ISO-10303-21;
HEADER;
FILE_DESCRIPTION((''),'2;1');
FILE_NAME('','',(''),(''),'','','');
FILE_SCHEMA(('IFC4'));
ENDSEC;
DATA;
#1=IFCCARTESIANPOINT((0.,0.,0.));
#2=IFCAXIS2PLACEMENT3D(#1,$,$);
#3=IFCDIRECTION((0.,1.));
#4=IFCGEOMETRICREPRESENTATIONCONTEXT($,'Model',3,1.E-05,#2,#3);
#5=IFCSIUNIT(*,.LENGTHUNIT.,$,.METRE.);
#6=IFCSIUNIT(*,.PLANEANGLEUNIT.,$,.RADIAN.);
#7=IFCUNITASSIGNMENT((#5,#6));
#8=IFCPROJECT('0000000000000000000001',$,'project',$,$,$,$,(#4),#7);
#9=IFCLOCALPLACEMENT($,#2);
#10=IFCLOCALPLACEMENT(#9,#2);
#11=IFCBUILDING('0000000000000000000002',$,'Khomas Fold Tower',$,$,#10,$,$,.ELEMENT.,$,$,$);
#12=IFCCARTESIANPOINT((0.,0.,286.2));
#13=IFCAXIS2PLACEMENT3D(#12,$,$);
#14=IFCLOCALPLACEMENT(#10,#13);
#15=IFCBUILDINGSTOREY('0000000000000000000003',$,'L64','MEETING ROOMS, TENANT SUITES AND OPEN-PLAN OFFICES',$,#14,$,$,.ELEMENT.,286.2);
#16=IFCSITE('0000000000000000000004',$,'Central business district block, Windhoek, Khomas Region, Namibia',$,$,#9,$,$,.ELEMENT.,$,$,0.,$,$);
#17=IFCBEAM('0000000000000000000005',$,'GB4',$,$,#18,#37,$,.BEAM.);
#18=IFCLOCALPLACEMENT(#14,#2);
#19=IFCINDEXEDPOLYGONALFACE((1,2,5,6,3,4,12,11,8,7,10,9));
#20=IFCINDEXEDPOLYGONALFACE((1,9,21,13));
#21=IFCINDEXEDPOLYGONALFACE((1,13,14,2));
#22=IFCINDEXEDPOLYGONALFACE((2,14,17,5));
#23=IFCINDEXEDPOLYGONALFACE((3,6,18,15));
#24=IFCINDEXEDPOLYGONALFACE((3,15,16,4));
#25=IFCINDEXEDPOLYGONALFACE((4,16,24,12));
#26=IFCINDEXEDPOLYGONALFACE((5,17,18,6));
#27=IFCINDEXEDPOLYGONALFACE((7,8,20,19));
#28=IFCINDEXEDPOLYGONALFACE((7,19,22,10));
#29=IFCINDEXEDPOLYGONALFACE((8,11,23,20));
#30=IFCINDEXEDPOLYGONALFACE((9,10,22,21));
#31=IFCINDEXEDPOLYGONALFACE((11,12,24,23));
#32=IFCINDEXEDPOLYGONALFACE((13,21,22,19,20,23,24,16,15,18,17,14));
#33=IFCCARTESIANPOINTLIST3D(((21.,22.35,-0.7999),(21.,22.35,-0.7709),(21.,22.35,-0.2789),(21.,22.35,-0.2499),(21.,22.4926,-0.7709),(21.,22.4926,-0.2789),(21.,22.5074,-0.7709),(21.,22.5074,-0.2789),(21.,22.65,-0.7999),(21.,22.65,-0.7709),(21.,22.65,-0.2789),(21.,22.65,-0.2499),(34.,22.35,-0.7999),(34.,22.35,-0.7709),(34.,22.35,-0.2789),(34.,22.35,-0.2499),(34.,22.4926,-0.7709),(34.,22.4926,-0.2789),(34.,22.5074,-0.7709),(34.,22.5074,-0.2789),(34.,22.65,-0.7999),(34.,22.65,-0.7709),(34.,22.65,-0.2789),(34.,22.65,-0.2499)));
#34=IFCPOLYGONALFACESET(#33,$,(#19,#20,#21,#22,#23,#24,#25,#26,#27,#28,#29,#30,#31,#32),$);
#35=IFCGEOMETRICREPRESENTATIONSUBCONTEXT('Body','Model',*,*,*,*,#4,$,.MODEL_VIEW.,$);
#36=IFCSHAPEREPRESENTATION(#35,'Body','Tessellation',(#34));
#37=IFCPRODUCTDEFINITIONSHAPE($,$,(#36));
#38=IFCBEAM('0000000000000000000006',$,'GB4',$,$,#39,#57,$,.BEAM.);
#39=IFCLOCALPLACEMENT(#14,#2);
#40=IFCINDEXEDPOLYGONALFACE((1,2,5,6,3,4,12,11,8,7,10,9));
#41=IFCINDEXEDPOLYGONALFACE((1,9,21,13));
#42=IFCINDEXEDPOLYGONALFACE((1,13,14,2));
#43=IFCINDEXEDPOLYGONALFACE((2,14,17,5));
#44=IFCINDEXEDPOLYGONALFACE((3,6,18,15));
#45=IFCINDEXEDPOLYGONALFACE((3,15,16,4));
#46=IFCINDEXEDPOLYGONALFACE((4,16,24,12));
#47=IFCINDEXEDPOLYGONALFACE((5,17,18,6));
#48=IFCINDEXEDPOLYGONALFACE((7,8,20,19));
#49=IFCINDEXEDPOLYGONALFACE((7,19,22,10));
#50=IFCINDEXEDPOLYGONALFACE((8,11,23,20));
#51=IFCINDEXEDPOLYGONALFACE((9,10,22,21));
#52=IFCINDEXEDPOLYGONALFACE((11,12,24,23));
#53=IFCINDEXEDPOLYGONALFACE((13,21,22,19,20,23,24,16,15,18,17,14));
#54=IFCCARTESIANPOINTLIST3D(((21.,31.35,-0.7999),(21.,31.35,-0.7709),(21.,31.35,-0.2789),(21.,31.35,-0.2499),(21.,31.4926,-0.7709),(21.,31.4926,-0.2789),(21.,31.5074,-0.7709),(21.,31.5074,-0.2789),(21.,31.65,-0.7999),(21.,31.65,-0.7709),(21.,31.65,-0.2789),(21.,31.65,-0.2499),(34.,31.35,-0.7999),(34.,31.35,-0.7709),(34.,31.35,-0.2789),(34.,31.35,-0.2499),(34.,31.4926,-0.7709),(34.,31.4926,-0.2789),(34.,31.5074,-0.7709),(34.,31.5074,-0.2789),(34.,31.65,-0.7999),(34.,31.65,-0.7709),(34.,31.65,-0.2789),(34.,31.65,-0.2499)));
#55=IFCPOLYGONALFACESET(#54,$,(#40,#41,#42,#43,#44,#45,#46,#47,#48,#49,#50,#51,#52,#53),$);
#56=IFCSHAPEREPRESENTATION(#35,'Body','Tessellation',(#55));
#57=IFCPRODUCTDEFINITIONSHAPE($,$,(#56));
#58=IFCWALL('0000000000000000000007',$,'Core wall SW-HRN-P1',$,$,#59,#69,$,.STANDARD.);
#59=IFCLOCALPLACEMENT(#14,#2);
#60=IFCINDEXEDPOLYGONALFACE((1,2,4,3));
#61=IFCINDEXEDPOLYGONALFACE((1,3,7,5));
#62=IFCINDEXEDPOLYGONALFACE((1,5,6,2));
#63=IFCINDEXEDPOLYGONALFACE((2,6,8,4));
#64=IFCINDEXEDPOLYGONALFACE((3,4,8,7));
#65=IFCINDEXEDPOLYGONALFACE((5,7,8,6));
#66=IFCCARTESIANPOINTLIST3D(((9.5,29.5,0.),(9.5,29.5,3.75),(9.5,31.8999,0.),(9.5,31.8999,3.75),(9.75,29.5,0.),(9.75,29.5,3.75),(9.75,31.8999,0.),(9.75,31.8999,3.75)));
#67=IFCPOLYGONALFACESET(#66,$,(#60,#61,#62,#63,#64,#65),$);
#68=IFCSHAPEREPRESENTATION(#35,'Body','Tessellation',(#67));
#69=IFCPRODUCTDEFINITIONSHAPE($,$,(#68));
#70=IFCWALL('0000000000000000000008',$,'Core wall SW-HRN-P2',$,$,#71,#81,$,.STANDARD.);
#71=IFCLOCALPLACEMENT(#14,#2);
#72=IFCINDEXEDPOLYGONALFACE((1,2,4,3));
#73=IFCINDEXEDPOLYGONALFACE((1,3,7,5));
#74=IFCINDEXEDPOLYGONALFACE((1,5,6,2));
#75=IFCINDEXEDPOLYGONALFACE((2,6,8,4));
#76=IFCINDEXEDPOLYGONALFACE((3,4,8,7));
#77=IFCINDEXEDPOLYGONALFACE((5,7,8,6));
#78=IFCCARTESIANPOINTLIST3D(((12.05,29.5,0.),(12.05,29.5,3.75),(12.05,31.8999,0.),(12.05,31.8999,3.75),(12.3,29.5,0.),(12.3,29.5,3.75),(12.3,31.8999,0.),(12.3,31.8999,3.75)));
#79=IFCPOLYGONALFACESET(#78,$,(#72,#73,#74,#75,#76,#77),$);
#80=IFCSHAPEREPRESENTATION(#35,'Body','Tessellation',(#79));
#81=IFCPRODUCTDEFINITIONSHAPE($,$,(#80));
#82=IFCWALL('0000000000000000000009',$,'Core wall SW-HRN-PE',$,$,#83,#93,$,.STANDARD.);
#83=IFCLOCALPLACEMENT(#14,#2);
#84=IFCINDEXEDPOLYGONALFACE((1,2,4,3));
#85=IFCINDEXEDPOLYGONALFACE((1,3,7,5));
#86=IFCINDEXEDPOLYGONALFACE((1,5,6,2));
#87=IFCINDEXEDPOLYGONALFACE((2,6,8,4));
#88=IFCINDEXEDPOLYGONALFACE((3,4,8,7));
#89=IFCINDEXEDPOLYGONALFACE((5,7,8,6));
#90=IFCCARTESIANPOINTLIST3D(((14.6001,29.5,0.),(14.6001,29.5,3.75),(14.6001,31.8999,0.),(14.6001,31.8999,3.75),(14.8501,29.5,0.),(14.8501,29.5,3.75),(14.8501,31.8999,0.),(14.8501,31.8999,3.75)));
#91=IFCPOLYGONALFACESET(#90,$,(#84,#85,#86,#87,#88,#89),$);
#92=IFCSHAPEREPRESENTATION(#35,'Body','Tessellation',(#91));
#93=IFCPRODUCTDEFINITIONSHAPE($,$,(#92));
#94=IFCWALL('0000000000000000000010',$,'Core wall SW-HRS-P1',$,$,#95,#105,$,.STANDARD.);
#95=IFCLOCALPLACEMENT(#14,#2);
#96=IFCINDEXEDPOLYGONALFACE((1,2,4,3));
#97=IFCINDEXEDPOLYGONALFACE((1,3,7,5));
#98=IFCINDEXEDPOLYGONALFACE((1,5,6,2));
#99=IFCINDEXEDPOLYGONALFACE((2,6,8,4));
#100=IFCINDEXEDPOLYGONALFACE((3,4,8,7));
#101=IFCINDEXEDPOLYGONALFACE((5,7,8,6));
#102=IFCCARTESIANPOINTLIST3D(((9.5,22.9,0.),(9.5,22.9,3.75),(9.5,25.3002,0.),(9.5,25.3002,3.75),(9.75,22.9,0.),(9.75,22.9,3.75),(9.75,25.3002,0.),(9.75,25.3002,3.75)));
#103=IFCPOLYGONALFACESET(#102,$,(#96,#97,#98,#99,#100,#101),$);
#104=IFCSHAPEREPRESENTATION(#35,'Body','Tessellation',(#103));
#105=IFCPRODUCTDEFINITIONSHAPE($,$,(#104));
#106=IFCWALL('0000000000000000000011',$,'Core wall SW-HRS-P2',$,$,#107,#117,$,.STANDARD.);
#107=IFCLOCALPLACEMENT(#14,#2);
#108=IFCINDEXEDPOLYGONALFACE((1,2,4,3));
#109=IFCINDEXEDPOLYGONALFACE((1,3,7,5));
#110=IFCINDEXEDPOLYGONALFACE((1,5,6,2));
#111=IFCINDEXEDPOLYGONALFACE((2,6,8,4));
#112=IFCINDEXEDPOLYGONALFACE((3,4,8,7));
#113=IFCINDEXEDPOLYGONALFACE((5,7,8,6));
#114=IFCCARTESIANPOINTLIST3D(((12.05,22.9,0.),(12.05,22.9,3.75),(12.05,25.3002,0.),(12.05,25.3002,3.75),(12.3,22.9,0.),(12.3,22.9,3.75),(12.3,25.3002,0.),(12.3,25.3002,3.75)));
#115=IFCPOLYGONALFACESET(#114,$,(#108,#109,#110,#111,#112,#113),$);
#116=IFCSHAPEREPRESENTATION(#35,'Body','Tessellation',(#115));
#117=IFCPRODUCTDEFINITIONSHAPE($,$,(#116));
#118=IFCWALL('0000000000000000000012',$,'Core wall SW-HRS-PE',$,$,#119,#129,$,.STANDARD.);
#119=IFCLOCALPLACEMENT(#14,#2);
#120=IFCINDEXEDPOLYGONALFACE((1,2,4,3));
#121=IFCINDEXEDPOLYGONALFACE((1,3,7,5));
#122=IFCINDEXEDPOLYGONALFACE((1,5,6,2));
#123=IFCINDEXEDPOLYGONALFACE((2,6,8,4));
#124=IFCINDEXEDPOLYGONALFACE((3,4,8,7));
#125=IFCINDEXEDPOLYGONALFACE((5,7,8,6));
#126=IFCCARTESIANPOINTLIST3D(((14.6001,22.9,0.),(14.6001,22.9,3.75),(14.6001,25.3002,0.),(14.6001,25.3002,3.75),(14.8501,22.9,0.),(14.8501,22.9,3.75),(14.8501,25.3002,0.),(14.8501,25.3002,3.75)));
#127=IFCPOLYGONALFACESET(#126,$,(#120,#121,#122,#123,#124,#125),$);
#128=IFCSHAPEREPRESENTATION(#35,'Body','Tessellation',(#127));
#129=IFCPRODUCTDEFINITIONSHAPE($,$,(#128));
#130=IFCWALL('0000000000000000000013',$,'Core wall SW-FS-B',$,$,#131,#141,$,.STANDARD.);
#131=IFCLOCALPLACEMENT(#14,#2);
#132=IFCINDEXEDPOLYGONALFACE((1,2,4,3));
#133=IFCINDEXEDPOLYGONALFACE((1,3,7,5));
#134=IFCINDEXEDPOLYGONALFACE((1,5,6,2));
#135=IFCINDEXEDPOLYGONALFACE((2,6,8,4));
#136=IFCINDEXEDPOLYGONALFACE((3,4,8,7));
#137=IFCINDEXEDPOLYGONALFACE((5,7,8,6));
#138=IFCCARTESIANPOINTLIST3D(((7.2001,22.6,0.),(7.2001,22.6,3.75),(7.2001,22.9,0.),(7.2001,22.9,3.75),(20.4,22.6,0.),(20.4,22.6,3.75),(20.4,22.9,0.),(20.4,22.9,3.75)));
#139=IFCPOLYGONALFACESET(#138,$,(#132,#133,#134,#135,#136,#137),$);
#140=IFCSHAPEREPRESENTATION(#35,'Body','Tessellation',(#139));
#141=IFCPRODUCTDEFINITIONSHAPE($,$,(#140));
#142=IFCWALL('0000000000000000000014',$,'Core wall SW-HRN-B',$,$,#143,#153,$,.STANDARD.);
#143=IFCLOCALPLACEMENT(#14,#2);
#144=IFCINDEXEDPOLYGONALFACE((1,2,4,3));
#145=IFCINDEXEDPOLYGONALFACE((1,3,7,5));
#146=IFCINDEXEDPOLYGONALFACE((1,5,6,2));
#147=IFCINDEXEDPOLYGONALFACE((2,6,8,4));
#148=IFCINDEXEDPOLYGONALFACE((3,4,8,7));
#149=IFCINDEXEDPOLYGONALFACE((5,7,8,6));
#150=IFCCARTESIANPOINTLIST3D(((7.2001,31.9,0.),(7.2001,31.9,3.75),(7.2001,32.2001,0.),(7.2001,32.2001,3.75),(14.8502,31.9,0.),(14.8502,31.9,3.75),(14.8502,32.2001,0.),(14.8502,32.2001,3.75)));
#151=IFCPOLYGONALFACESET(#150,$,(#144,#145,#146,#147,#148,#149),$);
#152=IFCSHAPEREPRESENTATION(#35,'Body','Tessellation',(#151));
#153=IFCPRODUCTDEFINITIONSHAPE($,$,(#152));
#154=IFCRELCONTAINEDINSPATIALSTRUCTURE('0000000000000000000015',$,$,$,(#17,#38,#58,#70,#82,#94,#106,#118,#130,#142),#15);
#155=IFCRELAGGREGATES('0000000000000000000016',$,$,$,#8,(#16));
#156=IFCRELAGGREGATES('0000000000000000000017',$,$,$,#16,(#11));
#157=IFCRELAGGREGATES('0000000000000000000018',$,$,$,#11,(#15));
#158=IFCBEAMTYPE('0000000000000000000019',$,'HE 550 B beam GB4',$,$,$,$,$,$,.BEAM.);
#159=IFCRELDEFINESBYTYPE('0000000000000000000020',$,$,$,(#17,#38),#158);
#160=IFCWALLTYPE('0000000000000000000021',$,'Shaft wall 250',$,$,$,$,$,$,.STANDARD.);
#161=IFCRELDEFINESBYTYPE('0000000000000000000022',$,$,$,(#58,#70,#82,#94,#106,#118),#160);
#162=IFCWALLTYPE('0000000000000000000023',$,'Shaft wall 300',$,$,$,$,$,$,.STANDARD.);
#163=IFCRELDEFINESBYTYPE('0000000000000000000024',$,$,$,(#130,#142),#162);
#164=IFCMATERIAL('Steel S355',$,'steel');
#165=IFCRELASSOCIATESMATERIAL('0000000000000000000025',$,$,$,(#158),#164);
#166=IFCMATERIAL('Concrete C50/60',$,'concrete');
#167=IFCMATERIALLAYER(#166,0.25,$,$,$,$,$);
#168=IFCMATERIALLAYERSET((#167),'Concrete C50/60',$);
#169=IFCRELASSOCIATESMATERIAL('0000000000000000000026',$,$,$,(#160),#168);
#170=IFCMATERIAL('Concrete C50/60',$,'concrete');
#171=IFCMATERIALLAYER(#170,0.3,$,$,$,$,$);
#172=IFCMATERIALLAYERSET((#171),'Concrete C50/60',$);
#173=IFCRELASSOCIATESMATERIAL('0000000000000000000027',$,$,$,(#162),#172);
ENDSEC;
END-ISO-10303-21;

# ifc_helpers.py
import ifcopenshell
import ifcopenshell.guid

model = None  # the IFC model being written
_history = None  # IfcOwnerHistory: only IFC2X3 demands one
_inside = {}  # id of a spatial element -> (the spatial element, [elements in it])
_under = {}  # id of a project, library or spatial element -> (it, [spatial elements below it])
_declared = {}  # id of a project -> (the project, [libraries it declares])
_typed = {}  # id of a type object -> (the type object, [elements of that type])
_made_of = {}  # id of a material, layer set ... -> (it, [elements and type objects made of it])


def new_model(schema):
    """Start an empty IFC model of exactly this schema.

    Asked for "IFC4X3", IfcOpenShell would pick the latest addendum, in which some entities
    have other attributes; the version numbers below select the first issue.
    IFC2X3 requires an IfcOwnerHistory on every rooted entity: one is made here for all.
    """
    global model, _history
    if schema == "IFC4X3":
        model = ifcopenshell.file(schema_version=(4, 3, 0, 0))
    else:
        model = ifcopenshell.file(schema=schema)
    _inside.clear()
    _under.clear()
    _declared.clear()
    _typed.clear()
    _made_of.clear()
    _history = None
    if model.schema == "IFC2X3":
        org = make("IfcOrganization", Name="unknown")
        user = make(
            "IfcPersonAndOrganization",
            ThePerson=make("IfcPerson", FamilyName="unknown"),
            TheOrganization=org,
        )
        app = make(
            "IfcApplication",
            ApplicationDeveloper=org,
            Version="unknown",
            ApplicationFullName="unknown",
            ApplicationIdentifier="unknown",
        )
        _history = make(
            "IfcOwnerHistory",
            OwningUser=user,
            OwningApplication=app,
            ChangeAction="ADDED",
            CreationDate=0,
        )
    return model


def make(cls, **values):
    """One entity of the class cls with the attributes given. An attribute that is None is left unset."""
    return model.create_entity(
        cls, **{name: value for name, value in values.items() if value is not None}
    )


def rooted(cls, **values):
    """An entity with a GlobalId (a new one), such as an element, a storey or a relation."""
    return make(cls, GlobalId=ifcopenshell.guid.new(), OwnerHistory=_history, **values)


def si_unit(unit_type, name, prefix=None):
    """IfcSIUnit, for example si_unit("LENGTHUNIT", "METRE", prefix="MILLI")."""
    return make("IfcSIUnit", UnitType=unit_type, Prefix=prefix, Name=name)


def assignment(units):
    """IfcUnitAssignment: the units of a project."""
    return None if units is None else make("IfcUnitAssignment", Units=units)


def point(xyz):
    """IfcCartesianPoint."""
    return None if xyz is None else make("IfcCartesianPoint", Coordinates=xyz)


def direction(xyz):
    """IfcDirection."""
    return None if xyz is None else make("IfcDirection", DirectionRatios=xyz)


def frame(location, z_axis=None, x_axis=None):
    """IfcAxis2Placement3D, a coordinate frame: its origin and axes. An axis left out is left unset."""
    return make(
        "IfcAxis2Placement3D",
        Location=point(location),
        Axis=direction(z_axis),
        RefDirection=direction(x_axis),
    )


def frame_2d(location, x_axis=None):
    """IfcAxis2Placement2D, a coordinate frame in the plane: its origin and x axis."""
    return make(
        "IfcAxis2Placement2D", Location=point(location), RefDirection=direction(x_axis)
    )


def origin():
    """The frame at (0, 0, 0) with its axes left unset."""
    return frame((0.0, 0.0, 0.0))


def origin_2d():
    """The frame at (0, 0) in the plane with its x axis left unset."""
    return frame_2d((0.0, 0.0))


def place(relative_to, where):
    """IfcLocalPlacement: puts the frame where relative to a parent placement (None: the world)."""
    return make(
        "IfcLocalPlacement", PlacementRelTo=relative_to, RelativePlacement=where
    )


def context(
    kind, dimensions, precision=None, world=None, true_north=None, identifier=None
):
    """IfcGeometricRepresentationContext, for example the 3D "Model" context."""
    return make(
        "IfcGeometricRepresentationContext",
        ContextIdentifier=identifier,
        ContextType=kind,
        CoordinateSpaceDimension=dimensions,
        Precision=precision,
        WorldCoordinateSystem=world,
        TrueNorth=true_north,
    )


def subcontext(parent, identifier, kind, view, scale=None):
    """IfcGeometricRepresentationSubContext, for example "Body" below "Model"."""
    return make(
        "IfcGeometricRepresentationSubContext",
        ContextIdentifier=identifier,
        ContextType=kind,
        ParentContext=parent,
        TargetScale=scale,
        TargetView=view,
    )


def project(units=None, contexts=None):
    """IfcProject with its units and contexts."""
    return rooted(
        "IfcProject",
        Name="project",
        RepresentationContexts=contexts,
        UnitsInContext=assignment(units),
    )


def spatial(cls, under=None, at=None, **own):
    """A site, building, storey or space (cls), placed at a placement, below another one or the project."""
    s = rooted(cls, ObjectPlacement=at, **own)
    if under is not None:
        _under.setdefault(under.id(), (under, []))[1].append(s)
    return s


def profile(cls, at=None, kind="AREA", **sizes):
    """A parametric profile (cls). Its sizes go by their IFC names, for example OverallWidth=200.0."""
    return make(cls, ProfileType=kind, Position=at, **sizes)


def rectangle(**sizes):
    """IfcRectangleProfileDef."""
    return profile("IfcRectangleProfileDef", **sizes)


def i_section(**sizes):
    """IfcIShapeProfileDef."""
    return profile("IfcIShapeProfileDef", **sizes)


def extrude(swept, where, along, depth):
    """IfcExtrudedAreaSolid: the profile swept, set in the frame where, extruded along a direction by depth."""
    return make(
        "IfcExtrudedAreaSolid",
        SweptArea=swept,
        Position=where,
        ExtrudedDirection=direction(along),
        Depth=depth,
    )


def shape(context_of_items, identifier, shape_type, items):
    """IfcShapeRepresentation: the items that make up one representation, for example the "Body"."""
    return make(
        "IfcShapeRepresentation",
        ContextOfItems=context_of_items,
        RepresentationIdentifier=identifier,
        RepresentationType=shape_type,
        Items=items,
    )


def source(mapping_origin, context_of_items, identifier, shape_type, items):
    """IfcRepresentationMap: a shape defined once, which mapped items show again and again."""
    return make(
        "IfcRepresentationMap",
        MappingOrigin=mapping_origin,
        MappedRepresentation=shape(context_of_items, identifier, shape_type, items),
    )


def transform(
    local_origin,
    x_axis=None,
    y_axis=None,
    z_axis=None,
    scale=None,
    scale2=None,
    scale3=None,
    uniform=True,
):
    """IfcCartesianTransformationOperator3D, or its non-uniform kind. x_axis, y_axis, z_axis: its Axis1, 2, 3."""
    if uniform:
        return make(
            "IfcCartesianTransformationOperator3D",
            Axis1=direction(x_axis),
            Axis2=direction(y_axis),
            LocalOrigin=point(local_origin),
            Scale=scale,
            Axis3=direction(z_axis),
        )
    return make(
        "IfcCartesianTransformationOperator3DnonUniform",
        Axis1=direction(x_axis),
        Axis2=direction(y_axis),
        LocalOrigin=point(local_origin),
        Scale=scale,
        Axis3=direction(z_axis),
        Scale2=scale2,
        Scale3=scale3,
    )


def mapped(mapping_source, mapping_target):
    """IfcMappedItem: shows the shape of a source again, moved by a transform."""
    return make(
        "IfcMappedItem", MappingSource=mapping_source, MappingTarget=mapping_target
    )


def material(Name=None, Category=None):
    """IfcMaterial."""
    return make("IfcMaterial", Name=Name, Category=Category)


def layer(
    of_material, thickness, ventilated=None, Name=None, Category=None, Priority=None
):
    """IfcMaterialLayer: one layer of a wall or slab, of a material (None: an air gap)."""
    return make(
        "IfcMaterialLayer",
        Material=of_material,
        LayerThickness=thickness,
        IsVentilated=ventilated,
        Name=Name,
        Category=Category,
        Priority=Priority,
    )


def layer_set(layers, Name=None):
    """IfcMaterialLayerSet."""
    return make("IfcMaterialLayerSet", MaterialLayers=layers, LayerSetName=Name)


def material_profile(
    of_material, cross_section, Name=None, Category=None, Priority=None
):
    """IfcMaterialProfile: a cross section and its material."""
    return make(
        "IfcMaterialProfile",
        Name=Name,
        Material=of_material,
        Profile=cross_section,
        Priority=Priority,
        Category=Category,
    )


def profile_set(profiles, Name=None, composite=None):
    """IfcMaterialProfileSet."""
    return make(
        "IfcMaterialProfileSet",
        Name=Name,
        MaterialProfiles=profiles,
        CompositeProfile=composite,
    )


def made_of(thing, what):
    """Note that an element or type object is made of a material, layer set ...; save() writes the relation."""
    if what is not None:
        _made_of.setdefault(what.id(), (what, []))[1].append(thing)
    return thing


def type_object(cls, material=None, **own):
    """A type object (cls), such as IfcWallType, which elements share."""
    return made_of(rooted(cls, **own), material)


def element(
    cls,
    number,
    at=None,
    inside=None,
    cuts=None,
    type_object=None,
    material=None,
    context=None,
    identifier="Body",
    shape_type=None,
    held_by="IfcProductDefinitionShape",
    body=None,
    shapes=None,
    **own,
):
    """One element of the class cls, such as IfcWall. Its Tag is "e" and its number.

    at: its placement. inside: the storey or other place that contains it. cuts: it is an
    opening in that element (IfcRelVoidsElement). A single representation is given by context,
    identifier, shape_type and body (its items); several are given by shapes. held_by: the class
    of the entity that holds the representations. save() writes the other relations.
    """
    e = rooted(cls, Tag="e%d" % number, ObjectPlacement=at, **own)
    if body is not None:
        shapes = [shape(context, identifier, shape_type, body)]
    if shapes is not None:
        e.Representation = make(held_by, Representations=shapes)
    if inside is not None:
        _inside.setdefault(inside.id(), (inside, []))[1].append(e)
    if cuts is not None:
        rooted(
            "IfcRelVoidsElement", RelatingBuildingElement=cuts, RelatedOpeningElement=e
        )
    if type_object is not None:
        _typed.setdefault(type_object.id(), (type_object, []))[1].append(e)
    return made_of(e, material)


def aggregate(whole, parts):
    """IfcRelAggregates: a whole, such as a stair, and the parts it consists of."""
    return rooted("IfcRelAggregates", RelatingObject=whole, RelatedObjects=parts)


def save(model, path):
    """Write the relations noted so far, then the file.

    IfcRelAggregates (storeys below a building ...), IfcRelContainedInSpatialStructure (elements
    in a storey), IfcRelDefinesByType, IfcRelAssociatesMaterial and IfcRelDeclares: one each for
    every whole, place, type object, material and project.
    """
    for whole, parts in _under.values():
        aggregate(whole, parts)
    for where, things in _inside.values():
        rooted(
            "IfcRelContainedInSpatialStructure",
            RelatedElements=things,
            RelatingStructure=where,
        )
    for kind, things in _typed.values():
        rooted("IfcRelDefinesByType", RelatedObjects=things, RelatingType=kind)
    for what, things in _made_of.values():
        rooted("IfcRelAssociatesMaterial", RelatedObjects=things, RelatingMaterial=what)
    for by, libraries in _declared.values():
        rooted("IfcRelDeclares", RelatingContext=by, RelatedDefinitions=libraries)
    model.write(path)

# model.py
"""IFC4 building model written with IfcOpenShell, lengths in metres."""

from ifc_helpers import new_model, si_unit, direction, frame, frame_2d, origin, origin_2d, place, context, subcontext, project, spatial, rectangle, i_section, extrude, source, transform, mapped, material, layer, layer_set, material_profile, profile_set, type_object, element, save


model = new_model("IFC4")

# Units and contexts
model_context = context("Model", 3, precision=1e-05, world=origin(), true_north=direction((0.0, 1.0)))
body_context = subcontext(model_context, "Body", "Model", "MODEL_VIEW")
ifc_project = project(units=[si_unit("LENGTHUNIT", "METRE"), si_unit("PLANEANGLEUNIT", "RADIAN")], contexts=[model_context])

# Site, building, storey
site_placement = place(None, origin())
site = spatial("IfcSite", under=ifc_project, at=site_placement, Name="Central business district block, Windhoek, Khomas Region, Namibia", CompositionType="ELEMENT", RefElevation=0.0)
building_placement = place(site_placement, origin())
building = spatial("IfcBuilding", under=site, at=building_placement, Name="Khomas Fold Tower", CompositionType="ELEMENT")
storey_placement = place(building_placement, frame((0.0, 0.0, 286.2)))
storey = spatial("IfcBuildingStorey", under=building, at=storey_placement, Name="L64", Description="MEETING ROOMS, TENANT SUITES AND OPEN-PLAN OFFICES", CompositionType="ELEMENT", Elevation=286.2)

# Beams
ifc_material_1 = material(Name="Steel S355", Category="steel")
ifc_material_profile = material_profile(ifc_material_1, i_section(OverallWidth=0.3, OverallDepth=0.55, WebThickness=0.0149, FlangeThickness=0.0291, at=origin_2d()), Name="HE 550 B")
ifc_profile_set = profile_set([ifc_material_profile], Name="Steel S355")
beam_type = type_object("IfcBeamType", Name="HE 550 B beam GB4", PredefinedType="BEAM", material=ifc_profile_set)
shared_shape_1 = source(origin(), body_context, "Body", "SweptSolid", [
    extrude(i_section(OverallWidth=0.3, OverallDepth=0.55, WebThickness=0.0149, FlangeThickness=0.0291, at=origin_2d()), origin(), (0.0, 0.0, 1.0), 13.0),
])
for number, where, z_axis, x_axis, name in (
    (1, (21.0, 22.5, -0.5249), (1.0, 0.0, 0.0), (0.0, 1.0, 0.0), "GB4"),
    (2, (21.0, 31.5, -0.5249), (1.0, 0.0, 0.0), (0.0, 1.0, 0.0), "GB4"),
):
    element("IfcBeam", number, at=place(storey_placement, frame(where, z_axis=z_axis, x_axis=x_axis)), inside=storey, type_object=beam_type, Name=name, PredefinedType="BEAM", context=body_context, shape_type="MappedRepresentation", body=[
        mapped(shared_shape_1, transform((0.0, 0.0, 0.0))),
    ])

# Walls
ifc_material_2 = material(Name="Concrete C50/60", Category="concrete")
ifc_layer_1 = layer(ifc_material_2, 0.25)
ifc_layer_set_1 = layer_set([ifc_layer_1], Name="Concrete C50/60")
wall_type_1 = type_object("IfcWallType", Name="Shaft wall 250", PredefinedType="STANDARD", material=ifc_layer_set_1)
shared_shape_2 = source(origin(), body_context, "Body", "SweptSolid", [
    extrude(rectangle(XDim=2.3999, YDim=0.25, at=frame_2d((1.2, 0.0))), origin(), (0.0, 0.0, 1.0), 3.75),
])
for number, where, z_axis, x_axis, name in (
    (3, (9.625, 29.5, 0.0), (0.0, 0.0, 1.0), (0.0, 1.0, 0.0), "Core wall SW-HRN-P1"),
    (4, (12.175, 29.5, 0.0), (0.0, 0.0, 1.0), (0.0, 1.0, 0.0), "Core wall SW-HRN-P2"),
    (5, (14.7251, 29.5, 0.0), (0.0, 0.0, 1.0), (0.0, 1.0, 0.0), "Core wall SW-HRN-PE"),
):
    element("IfcWall", number, at=place(storey_placement, frame(where, z_axis=z_axis, x_axis=x_axis)), inside=storey, type_object=wall_type_1, Name=name, PredefinedType="STANDARD", context=body_context, shape_type="MappedRepresentation", body=[
        mapped(shared_shape_2, transform((0.0, 0.0, 0.0))),
    ])
shared_shape_3 = source(origin(), body_context, "Body", "SweptSolid", [
    extrude(rectangle(XDim=2.4001, YDim=0.25, at=frame_2d((1.2002, 0.0))), origin(), (0.0, 0.0, 1.0), 3.75),
])
for number, where, z_axis, x_axis, name in (
    (6, (9.625, 22.8999, 0.0), (0.0, 0.0, 1.0), (0.0, 1.0, 0.0), "Core wall SW-HRS-P1"),
    (7, (12.175, 22.8999, 0.0), (0.0, 0.0, 1.0), (0.0, 1.0, 0.0), "Core wall SW-HRS-P2"),
    (8, (14.7251, 22.8999, 0.0), (0.0, 0.0, 1.0), (0.0, 1.0, 0.0), "Core wall SW-HRS-PE"),
):
    element("IfcWall", number, at=place(storey_placement, frame(where, z_axis=z_axis, x_axis=x_axis)), inside=storey, type_object=wall_type_1, Name=name, PredefinedType="STANDARD", context=body_context, shape_type="MappedRepresentation", body=[
        mapped(shared_shape_3, transform((0.0, 0.0, 0.0))),
    ])
ifc_material_3 = material(Name="Concrete C50/60", Category="concrete")
ifc_layer_2 = layer(ifc_material_3, 0.3)
ifc_layer_set_2 = layer_set([ifc_layer_2], Name="Concrete C50/60")
wall_type_2 = type_object("IfcWallType", Name="Shaft wall 300", PredefinedType="STANDARD", material=ifc_layer_set_2)
shared_shape_4 = source(origin(), body_context, "Body", "SweptSolid", [
    extrude(rectangle(XDim=13.2, YDim=0.3, at=frame_2d((6.6001, 0.0))), origin(), (0.0, 0.0, 1.0), 3.75),
])
wall_1_placement = place(storey_placement, frame((7.2, 22.75, 0.0), z_axis=(0.0, 0.0, 1.0), x_axis=(1.0, 0.0, 0.0)))
element("IfcWall", 9, at=wall_1_placement, inside=storey, type_object=wall_type_2, Name="Core wall SW-FS-B", PredefinedType="STANDARD", context=body_context, shape_type="MappedRepresentation", body=[
    mapped(shared_shape_4, transform((0.0, 0.0, 0.0))),
])
shared_shape_5 = source(origin(), body_context, "Body", "SweptSolid", [
    extrude(rectangle(XDim=7.6501, YDim=0.3, at=frame_2d((3.8252, 0.0))), origin(), (0.0, 0.0, 1.0), 3.75),
])
wall_2_placement = place(storey_placement, frame((7.2, 32.05, 0.0), z_axis=(0.0, 0.0, 1.0), x_axis=(1.0, 0.0, 0.0)))
element("IfcWall", 10, at=wall_2_placement, inside=storey, type_object=wall_type_2, Name="Core wall SW-HRN-B", PredefinedType="STANDARD", context=body_context, shape_type="MappedRepresentation", body=[
    mapped(shared_shape_5, transform((0.0, 0.0, 0.0))),
])

save(model, "model.ifc")
